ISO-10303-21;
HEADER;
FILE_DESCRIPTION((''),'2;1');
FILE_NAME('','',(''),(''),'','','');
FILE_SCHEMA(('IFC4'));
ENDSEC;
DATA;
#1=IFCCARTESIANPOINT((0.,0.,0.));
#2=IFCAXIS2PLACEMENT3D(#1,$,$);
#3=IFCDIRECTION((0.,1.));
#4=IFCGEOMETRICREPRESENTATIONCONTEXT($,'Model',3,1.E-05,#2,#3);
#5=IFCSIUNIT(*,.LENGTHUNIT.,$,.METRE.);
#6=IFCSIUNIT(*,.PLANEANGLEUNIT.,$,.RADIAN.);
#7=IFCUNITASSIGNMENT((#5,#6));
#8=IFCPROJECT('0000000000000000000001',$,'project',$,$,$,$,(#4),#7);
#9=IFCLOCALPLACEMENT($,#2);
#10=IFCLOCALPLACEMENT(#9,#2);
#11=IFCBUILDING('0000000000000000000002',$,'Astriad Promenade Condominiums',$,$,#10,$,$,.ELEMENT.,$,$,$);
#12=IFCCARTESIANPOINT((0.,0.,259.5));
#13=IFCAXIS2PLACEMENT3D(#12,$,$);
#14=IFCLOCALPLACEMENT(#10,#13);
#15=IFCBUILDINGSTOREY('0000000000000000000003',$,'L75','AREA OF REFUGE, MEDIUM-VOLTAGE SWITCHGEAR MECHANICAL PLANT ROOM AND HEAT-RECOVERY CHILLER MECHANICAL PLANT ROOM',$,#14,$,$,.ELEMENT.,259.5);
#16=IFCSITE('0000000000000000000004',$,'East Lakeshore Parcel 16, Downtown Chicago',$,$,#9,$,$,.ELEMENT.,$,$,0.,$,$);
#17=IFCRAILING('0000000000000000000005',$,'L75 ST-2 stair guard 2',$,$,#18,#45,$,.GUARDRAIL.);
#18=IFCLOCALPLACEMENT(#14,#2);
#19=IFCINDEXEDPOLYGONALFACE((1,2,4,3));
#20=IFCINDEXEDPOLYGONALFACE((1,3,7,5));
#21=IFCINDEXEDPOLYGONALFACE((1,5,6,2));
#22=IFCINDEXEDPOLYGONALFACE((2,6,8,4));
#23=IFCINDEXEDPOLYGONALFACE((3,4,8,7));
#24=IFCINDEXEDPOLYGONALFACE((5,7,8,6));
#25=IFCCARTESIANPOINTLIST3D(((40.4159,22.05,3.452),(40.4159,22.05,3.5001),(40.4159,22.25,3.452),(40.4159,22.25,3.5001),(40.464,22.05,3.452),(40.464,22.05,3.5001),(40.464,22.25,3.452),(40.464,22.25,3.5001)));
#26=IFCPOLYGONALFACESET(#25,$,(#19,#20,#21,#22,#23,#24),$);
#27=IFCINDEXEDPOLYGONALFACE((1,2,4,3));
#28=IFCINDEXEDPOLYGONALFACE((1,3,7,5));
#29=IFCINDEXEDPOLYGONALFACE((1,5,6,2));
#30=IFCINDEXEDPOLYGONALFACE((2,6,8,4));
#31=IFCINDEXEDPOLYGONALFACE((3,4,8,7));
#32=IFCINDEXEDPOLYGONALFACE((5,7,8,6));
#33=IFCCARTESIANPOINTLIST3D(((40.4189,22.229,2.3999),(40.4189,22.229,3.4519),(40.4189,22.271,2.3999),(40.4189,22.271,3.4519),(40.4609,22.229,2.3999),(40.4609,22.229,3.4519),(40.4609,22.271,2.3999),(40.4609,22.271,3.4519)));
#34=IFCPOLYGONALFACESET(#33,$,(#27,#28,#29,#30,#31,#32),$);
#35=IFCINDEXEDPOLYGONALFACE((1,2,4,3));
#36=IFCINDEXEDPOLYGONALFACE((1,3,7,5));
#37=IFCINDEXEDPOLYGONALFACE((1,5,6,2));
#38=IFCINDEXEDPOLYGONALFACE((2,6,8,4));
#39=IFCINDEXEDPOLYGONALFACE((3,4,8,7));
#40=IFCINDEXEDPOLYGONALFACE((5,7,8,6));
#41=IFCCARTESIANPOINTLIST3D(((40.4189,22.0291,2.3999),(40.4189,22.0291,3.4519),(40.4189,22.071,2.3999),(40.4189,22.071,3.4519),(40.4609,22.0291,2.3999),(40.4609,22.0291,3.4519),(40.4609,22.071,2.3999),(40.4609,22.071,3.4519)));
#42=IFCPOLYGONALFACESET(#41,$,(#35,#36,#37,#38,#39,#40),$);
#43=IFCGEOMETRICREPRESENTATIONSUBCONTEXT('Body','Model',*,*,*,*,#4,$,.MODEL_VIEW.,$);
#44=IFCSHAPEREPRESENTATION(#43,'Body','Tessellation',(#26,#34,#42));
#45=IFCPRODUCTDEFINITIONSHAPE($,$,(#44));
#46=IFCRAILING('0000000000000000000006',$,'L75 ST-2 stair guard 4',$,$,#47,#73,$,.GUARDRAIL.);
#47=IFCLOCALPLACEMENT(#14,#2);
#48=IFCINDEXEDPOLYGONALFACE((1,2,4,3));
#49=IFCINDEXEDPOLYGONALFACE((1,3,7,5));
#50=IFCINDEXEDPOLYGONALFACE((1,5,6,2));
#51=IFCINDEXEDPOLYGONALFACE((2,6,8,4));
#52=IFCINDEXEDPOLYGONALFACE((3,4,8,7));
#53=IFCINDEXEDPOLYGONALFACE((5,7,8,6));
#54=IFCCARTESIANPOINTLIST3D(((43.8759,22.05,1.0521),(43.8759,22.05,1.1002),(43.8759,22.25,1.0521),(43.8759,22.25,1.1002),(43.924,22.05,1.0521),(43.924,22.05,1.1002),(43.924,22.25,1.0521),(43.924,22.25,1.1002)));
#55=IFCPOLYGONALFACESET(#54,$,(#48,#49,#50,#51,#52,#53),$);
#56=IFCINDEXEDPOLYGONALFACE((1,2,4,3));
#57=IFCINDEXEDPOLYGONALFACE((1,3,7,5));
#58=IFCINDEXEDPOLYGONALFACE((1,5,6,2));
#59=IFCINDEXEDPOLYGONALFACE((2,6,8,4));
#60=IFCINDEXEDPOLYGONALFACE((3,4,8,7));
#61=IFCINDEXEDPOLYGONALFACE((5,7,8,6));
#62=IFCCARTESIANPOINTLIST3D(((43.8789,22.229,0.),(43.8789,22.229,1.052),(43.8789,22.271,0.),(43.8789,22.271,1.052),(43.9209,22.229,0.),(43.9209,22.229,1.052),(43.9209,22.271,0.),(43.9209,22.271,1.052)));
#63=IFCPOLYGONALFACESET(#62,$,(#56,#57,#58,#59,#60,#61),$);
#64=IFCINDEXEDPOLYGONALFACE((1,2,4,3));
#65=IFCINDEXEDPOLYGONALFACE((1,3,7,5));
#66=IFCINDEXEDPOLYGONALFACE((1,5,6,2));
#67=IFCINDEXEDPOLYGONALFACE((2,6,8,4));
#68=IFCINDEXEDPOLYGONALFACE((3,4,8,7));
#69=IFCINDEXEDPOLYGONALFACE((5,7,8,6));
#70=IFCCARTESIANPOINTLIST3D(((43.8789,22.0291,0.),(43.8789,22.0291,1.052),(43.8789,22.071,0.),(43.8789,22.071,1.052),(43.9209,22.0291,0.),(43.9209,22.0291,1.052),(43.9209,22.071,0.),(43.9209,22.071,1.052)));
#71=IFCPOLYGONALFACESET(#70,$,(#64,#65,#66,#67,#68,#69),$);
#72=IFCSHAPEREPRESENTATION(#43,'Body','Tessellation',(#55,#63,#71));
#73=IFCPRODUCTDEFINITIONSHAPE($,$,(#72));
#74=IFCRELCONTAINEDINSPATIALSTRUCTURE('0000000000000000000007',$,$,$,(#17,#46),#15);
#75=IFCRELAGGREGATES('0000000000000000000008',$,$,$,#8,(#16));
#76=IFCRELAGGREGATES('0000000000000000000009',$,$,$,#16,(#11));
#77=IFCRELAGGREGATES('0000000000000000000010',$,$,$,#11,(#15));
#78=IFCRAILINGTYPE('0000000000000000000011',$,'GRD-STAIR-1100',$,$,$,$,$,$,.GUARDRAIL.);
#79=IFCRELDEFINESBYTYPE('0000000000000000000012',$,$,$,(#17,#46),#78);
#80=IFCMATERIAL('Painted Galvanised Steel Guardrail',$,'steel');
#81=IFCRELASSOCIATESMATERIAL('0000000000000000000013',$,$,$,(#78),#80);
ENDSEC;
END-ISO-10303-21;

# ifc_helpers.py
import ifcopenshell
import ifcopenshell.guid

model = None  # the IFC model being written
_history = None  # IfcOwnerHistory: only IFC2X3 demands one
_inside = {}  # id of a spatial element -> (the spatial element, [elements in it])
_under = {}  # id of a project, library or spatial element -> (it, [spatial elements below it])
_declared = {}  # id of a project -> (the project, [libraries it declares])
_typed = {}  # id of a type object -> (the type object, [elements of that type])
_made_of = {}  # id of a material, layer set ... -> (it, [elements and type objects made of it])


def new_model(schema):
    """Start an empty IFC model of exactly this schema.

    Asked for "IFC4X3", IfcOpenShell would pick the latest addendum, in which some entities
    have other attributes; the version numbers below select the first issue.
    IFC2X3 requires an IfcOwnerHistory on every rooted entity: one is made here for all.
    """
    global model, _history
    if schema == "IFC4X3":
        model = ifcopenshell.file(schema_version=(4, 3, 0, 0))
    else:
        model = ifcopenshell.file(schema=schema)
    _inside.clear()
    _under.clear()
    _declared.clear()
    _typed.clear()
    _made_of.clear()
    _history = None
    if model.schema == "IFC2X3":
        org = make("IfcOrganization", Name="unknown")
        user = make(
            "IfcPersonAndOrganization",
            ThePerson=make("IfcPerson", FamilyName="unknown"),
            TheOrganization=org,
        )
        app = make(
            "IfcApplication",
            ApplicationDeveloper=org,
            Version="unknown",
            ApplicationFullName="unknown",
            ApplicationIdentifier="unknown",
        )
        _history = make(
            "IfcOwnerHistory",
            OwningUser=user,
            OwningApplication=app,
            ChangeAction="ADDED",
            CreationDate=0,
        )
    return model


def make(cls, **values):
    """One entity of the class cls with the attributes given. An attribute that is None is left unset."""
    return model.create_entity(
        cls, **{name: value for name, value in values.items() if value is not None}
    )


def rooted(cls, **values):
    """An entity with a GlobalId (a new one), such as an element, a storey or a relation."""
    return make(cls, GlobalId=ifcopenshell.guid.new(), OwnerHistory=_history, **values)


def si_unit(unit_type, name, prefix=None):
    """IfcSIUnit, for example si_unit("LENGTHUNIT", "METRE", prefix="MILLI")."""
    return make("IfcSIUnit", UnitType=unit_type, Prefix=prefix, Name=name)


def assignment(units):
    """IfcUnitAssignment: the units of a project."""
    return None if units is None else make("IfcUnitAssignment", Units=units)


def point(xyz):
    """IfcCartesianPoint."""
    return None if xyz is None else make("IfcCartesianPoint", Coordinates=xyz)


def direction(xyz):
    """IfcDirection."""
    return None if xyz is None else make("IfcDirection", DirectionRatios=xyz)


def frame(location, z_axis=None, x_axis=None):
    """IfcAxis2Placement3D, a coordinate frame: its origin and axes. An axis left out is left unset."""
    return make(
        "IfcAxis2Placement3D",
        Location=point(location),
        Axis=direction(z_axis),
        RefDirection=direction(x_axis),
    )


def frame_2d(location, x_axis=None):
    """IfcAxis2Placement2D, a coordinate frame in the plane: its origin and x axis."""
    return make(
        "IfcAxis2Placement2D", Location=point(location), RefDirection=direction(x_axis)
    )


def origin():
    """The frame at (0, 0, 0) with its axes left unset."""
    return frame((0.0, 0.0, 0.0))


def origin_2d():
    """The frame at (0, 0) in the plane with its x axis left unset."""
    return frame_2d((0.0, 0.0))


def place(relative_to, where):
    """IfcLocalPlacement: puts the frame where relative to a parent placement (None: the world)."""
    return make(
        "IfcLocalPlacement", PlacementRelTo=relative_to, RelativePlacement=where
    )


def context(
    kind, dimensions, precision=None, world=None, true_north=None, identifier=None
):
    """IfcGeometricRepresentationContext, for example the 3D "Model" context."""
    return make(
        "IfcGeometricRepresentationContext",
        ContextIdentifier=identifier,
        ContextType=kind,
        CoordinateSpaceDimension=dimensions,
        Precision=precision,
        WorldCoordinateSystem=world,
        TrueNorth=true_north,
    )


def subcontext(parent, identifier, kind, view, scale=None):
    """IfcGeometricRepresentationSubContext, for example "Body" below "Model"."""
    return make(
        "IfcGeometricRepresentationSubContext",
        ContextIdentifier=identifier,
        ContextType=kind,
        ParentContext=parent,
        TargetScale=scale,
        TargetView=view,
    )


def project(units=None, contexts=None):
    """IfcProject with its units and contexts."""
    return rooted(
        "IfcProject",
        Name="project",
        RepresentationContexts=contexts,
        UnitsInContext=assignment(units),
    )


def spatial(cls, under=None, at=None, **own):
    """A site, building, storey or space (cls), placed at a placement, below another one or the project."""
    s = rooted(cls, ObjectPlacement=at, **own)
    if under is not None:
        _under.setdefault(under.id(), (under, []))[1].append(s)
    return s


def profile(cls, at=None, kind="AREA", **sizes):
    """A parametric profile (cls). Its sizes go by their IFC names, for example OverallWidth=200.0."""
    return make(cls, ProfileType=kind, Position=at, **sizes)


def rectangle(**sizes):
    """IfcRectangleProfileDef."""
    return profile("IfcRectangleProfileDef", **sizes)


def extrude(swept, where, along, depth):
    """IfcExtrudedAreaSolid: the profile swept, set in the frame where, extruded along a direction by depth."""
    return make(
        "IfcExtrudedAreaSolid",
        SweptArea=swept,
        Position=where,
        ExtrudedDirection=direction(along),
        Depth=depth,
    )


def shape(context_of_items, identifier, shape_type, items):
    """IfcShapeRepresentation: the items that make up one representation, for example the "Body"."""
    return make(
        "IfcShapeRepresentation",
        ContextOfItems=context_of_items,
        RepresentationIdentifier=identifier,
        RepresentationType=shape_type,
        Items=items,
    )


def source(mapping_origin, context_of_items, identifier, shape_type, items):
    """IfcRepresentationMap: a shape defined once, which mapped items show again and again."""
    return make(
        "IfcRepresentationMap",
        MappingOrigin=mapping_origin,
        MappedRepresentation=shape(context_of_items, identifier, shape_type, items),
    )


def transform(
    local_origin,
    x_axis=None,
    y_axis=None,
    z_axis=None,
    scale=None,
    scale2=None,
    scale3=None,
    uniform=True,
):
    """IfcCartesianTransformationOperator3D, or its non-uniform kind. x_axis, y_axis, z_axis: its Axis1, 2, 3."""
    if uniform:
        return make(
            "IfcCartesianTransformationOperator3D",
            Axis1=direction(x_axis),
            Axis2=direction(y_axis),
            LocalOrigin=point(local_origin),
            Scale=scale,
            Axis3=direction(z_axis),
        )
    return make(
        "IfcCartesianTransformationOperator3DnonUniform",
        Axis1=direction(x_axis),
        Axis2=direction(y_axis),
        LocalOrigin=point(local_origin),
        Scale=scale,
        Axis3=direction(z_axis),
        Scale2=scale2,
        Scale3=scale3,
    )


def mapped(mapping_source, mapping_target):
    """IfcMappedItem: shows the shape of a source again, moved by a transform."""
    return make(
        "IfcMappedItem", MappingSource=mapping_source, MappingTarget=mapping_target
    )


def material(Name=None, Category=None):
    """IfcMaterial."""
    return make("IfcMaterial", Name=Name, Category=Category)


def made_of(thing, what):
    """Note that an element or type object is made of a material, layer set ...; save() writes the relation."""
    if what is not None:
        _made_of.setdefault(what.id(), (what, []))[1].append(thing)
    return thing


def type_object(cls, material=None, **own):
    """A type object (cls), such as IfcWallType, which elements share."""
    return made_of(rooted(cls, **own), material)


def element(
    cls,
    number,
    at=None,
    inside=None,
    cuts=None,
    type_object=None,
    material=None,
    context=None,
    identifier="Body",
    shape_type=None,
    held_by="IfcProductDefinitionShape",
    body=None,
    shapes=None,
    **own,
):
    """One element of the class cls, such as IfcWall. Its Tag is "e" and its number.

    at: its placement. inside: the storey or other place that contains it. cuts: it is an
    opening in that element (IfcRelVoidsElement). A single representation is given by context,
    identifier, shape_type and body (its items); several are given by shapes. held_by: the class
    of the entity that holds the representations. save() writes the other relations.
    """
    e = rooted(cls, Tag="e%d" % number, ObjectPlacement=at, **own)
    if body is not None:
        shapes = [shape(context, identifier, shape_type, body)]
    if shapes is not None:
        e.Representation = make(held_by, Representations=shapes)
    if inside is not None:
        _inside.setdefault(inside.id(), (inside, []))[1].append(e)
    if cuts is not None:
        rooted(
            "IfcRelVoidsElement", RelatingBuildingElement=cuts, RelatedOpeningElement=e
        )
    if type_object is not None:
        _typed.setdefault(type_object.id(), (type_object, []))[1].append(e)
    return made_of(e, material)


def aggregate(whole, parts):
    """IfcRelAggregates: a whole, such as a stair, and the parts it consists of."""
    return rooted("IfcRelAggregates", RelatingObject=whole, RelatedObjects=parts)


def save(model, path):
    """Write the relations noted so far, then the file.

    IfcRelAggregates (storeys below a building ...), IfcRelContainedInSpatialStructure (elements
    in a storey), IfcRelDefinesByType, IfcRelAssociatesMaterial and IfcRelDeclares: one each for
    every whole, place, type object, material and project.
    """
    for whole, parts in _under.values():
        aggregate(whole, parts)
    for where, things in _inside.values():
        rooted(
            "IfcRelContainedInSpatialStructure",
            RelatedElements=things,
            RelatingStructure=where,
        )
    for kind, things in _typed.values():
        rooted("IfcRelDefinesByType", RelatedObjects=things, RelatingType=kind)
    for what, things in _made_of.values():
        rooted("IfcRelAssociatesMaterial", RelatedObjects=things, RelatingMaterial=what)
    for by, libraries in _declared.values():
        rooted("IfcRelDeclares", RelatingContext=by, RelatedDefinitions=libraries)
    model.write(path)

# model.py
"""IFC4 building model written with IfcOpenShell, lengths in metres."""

from ifc_helpers import new_model, si_unit, direction, frame, origin, origin_2d, place, context, subcontext, project, spatial, rectangle, extrude, source, transform, mapped, material, type_object, element, save


model = new_model("IFC4")

# Units and contexts
model_context = context("Model", 3, precision=1e-05, world=origin(), true_north=direction((0.0, 1.0)))
body_context = subcontext(model_context, "Body", "Model", "MODEL_VIEW")
ifc_project = project(units=[si_unit("LENGTHUNIT", "METRE"), si_unit("PLANEANGLEUNIT", "RADIAN")], contexts=[model_context])

# Site, building, storey
site_placement = place(None, origin())
site = spatial("IfcSite", under=ifc_project, at=site_placement, Name="East Lakeshore Parcel 16, Downtown Chicago", CompositionType="ELEMENT", RefElevation=0.0)
building_placement = place(site_placement, origin())
building = spatial("IfcBuilding", under=site, at=building_placement, Name="Astriad Promenade Condominiums", CompositionType="ELEMENT")
storey_placement = place(building_placement, frame((0.0, 0.0, 259.5)))
storey = spatial("IfcBuildingStorey", under=building, at=storey_placement, Name="L75", Description="AREA OF REFUGE, MEDIUM-VOLTAGE SWITCHGEAR MECHANICAL PLANT ROOM AND HEAT-RECOVERY CHILLER MECHANICAL PLANT ROOM", CompositionType="ELEMENT", Elevation=259.5)

# Railings
ifc_material_1 = material(Name="Painted Galvanised Steel Guardrail", Category="steel")
railing_type_1 = type_object("IfcRailingType", Name="GRD-STAIR-1100", PredefinedType="GUARDRAIL", material=ifc_material_1)
shared_shape_1 = source(origin(), body_context, "Body", "SweptSolid", [
    extrude(rectangle(XDim=0.0481, YDim=0.0481, at=origin_2d()), frame((0.0, 0.0, 1.0762), z_axis=(0.0, -1.0, 0.0), x_axis=(1.0, 0.0, 0.0)), (0.0, 0.0, 1.0), 0.2),
    extrude(rectangle(XDim=0.042, YDim=0.042, at=origin_2d()), origin(), (0.0, 0.0, 1.0), 1.052),
    extrude(rectangle(XDim=0.042, YDim=0.042, at=origin_2d()), frame((0.0, -0.2, 0.0)), (0.0, 0.0, 1.0), 1.052),
])
for number, where, name in (
    (1, (40.4399, 22.25, 2.3999), "L75 ST-2 stair guard 2"),
    (2, (43.8999, 22.25, 0.0), "L75 ST-2 stair guard 4"),
):
    element("IfcRailing", number, at=place(storey_placement, frame(where)), inside=storey, type_object=railing_type_1, Name=name, PredefinedType="GUARDRAIL", context=body_context, shape_type="MappedRepresentation", body=[
        mapped(shared_shape_1, transform((0.0, 0.0, 0.0), scale=1.0)),
    ])

save(model, "model.ifc")
